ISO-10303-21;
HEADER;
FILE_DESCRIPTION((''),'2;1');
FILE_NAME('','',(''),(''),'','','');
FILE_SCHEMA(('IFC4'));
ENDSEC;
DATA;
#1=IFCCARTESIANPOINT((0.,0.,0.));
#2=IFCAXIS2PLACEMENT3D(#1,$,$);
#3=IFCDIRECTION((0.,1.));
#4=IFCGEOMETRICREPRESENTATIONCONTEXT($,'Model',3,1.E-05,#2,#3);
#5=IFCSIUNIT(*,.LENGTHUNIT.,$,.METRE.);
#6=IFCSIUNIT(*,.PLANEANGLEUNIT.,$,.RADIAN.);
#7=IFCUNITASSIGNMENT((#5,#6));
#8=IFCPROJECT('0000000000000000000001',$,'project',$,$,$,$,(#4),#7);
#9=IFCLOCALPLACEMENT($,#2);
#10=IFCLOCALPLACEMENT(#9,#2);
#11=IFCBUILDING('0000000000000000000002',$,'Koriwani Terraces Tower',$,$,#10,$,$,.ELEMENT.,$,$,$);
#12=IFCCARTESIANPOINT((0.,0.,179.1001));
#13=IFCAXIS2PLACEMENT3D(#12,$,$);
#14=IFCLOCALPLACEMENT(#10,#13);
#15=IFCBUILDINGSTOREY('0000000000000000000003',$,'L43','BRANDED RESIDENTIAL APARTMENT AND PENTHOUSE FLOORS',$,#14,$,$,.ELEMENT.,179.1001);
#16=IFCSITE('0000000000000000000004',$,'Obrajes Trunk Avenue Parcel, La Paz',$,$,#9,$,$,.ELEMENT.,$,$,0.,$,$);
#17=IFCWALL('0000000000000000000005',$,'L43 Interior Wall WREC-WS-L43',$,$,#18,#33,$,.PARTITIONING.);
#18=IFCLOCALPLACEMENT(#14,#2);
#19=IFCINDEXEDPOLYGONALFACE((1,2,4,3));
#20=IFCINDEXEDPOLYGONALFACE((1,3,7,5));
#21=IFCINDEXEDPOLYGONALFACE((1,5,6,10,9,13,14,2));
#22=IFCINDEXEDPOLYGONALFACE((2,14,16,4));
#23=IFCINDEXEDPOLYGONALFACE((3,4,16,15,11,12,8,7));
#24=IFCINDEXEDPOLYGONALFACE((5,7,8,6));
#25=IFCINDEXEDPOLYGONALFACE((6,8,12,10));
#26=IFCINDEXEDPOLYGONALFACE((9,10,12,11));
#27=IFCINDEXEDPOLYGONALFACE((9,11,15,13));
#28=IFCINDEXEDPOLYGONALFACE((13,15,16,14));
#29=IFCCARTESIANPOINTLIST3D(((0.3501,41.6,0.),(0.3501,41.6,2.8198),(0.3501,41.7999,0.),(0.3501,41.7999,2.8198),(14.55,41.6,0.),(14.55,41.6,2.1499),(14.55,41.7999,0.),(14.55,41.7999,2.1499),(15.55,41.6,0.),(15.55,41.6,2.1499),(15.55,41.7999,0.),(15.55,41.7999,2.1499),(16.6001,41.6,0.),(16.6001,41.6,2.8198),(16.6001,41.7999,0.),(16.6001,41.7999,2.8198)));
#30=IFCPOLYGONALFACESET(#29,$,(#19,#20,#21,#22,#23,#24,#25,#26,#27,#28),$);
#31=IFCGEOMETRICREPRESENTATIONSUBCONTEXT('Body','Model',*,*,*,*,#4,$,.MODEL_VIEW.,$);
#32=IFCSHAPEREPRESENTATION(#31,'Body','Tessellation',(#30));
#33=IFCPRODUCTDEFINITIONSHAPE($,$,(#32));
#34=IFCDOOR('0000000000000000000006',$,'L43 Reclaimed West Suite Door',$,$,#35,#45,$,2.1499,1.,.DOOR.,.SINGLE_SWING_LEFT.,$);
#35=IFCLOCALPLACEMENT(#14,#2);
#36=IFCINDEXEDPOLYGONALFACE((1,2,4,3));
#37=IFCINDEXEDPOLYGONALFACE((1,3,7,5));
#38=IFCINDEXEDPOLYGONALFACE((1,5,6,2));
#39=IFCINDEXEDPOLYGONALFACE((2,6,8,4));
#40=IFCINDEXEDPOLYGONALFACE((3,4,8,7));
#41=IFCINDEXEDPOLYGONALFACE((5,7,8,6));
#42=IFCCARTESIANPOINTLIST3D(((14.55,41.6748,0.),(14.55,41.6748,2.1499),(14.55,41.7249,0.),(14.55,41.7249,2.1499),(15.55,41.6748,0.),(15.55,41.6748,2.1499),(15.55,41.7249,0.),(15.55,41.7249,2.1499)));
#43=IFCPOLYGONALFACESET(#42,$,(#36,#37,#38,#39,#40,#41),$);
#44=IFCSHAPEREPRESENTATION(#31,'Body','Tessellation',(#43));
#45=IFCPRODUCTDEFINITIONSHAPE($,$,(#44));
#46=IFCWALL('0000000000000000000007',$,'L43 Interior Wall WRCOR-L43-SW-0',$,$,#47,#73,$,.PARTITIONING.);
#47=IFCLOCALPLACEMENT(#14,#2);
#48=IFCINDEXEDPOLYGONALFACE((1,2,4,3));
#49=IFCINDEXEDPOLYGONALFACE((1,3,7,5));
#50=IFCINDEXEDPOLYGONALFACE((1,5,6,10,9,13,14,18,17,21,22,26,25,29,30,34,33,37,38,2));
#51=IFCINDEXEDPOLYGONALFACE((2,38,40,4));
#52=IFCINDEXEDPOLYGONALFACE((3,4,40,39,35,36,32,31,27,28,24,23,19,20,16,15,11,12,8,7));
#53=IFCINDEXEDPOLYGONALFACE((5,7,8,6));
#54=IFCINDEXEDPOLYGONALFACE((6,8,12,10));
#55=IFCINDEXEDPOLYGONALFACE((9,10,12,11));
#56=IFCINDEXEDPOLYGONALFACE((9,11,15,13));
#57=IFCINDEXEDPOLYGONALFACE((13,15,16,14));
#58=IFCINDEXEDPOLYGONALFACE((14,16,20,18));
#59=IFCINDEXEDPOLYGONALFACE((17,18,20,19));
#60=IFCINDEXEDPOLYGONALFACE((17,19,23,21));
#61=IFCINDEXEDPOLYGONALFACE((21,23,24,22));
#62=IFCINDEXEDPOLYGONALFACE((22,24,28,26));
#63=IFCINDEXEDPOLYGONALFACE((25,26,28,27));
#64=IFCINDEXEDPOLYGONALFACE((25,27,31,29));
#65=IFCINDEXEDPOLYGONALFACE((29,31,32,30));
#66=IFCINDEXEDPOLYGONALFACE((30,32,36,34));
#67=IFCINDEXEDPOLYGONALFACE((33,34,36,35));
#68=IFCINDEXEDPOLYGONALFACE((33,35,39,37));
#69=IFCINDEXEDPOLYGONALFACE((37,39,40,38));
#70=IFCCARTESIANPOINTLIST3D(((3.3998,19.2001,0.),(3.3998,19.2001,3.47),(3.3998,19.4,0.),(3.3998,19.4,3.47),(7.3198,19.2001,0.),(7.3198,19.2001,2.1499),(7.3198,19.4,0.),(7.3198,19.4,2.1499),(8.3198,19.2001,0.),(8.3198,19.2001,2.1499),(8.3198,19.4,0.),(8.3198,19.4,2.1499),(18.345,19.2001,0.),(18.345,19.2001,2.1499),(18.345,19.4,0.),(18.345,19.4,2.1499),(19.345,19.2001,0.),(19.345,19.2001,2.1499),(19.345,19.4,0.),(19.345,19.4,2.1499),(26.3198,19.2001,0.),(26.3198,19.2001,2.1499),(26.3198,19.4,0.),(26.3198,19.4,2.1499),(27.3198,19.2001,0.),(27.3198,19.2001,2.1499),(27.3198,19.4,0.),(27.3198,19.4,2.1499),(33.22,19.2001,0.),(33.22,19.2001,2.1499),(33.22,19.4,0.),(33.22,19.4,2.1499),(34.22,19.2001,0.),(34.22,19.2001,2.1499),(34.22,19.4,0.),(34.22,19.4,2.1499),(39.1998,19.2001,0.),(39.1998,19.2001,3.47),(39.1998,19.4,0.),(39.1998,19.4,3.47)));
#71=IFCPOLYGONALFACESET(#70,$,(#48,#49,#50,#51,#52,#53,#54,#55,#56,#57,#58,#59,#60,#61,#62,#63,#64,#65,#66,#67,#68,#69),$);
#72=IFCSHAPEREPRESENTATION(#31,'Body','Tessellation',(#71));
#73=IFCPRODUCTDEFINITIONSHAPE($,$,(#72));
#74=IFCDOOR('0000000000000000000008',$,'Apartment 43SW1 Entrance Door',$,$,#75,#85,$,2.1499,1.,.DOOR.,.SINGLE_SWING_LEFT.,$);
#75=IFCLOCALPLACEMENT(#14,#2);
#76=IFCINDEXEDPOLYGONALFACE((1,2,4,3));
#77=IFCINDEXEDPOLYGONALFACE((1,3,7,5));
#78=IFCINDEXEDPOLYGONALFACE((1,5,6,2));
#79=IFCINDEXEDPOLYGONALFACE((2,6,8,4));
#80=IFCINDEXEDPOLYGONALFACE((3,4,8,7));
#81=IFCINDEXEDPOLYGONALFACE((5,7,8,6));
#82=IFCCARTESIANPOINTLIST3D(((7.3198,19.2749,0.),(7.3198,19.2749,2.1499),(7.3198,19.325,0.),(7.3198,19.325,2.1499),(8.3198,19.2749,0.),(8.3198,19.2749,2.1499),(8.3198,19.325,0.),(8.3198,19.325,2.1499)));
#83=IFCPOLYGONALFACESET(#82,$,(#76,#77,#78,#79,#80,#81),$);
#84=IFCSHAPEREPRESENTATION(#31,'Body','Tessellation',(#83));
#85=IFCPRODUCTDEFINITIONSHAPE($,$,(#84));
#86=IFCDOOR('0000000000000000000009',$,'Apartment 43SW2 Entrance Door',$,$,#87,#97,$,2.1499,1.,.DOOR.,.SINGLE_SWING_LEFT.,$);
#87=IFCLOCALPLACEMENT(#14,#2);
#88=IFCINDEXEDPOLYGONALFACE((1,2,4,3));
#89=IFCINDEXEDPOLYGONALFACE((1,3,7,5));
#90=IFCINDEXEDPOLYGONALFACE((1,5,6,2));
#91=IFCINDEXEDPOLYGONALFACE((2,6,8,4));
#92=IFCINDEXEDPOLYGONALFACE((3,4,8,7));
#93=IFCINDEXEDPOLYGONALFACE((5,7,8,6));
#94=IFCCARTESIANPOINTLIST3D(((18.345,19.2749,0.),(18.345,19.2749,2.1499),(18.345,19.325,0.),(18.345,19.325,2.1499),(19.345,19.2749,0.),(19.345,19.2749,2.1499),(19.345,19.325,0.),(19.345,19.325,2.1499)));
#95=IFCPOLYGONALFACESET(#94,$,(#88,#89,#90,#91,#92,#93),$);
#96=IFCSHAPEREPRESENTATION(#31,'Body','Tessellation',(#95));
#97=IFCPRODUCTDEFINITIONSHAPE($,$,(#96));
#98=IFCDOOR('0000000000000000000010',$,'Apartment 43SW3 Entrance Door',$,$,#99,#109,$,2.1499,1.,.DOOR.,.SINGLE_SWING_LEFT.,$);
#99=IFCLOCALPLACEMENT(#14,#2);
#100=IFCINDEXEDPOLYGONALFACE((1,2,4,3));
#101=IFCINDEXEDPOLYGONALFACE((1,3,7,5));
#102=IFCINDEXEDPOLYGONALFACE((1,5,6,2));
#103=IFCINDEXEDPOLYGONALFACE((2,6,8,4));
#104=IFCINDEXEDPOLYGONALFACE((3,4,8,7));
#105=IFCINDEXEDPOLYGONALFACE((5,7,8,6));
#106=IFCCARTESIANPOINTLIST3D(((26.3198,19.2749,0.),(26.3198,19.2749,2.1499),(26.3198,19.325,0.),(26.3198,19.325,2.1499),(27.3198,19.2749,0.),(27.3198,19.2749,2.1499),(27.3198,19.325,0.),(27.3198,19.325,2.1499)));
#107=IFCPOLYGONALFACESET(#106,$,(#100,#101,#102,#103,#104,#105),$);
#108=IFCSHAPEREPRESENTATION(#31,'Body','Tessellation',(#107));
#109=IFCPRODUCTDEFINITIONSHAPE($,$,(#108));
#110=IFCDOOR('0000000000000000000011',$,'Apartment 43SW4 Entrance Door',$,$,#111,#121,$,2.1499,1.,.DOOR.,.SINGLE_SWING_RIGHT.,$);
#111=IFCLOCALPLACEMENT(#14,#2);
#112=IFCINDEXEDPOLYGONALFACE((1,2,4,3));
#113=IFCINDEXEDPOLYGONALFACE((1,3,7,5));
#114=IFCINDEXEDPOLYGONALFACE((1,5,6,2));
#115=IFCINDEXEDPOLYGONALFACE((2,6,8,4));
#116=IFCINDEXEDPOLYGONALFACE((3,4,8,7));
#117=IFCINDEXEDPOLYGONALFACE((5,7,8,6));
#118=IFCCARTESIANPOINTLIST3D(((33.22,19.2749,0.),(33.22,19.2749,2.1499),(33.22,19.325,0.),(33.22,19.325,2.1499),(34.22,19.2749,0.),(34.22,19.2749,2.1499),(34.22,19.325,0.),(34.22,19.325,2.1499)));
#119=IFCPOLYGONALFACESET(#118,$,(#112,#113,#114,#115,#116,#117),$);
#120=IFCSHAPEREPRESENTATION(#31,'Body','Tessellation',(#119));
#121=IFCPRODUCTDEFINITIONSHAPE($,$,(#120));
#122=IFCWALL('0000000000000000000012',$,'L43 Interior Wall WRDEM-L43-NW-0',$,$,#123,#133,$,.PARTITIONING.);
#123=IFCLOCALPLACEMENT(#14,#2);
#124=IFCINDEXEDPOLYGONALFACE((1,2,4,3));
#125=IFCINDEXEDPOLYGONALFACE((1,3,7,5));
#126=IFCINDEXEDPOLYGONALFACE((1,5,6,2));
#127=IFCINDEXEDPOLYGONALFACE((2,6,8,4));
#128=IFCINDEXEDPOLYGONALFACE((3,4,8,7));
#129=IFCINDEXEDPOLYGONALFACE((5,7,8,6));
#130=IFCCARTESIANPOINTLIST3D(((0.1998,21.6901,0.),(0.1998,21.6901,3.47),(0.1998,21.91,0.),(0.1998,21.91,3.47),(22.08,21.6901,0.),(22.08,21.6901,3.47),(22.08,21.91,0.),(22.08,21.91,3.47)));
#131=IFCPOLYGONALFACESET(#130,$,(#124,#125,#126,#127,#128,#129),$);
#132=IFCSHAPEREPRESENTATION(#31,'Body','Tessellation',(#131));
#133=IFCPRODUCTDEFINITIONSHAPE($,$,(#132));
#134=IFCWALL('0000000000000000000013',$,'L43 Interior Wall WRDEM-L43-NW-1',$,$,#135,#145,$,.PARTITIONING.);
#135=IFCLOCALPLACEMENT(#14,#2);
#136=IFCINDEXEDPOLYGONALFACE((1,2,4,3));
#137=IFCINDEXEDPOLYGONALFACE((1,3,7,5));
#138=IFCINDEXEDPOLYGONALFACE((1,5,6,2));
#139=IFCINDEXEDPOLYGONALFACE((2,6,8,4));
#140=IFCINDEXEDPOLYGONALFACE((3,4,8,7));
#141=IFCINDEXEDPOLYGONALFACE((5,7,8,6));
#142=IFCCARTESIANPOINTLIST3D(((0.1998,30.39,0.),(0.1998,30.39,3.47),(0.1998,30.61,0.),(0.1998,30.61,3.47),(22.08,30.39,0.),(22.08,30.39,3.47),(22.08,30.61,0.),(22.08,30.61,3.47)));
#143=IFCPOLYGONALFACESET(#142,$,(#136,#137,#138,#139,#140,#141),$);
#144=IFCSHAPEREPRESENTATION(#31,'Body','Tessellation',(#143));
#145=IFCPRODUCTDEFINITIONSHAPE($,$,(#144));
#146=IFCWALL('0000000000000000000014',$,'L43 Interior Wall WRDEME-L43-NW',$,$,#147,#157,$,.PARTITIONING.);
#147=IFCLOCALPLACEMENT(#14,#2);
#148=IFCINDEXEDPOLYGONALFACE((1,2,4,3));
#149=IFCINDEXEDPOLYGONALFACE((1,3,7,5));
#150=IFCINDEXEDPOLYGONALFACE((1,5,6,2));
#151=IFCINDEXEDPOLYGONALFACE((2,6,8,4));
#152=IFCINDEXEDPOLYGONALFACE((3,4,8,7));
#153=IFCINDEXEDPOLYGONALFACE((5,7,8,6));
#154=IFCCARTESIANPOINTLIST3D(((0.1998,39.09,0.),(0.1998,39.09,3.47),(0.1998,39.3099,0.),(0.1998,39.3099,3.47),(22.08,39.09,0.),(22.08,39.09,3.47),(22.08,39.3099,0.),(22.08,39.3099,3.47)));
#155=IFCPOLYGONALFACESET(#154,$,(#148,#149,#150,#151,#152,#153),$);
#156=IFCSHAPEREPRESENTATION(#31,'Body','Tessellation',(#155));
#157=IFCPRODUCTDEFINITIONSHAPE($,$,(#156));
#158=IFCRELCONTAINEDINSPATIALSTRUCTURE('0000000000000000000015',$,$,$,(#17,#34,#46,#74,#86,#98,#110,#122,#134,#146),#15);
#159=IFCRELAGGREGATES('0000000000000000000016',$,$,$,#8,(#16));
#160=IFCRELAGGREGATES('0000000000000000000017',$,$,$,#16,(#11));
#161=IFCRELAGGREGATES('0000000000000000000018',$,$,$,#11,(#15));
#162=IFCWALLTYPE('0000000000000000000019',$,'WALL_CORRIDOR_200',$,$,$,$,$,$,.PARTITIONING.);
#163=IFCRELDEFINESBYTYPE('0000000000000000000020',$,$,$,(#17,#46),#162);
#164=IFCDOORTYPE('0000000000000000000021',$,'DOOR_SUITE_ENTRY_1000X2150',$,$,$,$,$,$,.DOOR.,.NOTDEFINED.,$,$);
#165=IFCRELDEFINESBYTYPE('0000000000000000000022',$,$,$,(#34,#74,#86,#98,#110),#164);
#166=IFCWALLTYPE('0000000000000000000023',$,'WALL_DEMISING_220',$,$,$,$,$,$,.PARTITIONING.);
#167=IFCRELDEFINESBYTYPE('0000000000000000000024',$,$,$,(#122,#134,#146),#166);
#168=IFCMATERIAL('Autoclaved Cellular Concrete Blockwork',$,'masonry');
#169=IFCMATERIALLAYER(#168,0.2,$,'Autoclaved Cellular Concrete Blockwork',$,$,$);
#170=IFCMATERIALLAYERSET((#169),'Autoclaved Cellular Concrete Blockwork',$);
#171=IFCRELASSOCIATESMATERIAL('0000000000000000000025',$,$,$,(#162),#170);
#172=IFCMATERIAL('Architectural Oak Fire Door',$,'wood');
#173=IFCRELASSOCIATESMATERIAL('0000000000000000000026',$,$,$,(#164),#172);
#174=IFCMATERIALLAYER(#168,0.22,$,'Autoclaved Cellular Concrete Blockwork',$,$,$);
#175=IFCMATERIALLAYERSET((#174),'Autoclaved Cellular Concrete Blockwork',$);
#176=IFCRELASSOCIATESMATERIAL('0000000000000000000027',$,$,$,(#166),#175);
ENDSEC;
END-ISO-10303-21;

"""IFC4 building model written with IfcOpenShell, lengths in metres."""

from ifc_helpers import new_model, si_unit, direction, frame, frame_2d, origin, place, context, subcontext, project, spatial, rectangle, extrude, material, layer, layer_set, type_object, element, fill, save


model = new_model("IFC4")

# Units and contexts
model_context = context("Model", 3, precision=1e-05, world=origin(), true_north=direction((0.0, 1.0)))
body_context = subcontext(model_context, "Body", "Model", "MODEL_VIEW")
ifc_project = project(units=[si_unit("LENGTHUNIT", "METRE"), si_unit("PLANEANGLEUNIT", "RADIAN")], contexts=[model_context])

# Site, building, storey
site_placement = place(None, origin())
site = spatial("IfcSite", under=ifc_project, at=site_placement, Name="Obrajes Trunk Avenue Parcel, La Paz", CompositionType="ELEMENT", RefElevation=0.0)
building_placement = place(site_placement, origin())
building = spatial("IfcBuilding", under=site, at=building_placement, Name="Koriwani Terraces Tower", CompositionType="ELEMENT")
storey_placement = place(building_placement, frame((0.0, 0.0, 179.1001)))
storey = spatial("IfcBuildingStorey", under=building, at=storey_placement, Name="L43", Description="BRANDED RESIDENTIAL APARTMENT AND PENTHOUSE FLOORS", CompositionType="ELEMENT", Elevation=179.1001)

# Wall, opening, door
ifc_material_1 = material(Name="Autoclaved Cellular Concrete Blockwork", Category="masonry")
ifc_layer_1 = layer(ifc_material_1, 0.2, Name="Autoclaved Cellular Concrete Blockwork")
ifc_layer_set_1 = layer_set([ifc_layer_1], Name="Autoclaved Cellular Concrete Blockwork")
wall_type_1 = type_object("IfcWallType", Name="WALL_CORRIDOR_200", PredefinedType="PARTITIONING", material=ifc_layer_set_1)
wall_1_placement = place(storey_placement, frame((0.3501, 41.7, 0.0), z_axis=(0.0, 0.0, 1.0), x_axis=(1.0, 0.0, 0.0)))
wall_1 = element("IfcWall", 1, at=wall_1_placement, inside=storey, type_object=wall_type_1, Name="L43 Interior Wall WREC-WS-L43", PredefinedType="PARTITIONING", context=body_context, shape_type="SweptSolid", body=[
    extrude(rectangle(XDim=16.25, YDim=0.2, at=frame_2d((8.125, 0.0))), origin(), (0.0, 0.0, 1.0), 2.8198),
])
opening_1_placement = place(wall_1_placement, frame((14.2, 0.0, 0.0)))
opening_1 = element("IfcOpeningElement", 2, at=opening_1_placement, cuts=wall_1, PredefinedType="OPENING", context=body_context, shape_type="SweptSolid", body=[
    extrude(rectangle(XDim=1.0, YDim=2.1499, at=frame_2d((0.5, 1.075))), frame((0.0, 0.1099, 0.0), z_axis=(0.0, -1.0, 0.0), x_axis=(1.0, 0.0, 0.0)), (0.0, 0.0, 1.0), 0.22),
])
ifc_material_2 = material(Name="Architectural Oak Fire Door", Category="wood")
door_type_1 = type_object("IfcDoorType", Name="DOOR_SUITE_ENTRY_1000X2150", OperationType="NOTDEFINED", PredefinedType="DOOR", material=ifc_material_2)
door_1_placement = place(opening_1_placement, origin())
door_1 = element("IfcDoor", 3, at=door_1_placement, inside=storey, type_object=door_type_1, Name="L43 Reclaimed West Suite Door", OperationType="SINGLE_SWING_LEFT", OverallHeight=2.1499, OverallWidth=1.0, PredefinedType="DOOR", context=body_context, shape_type="SweptSolid", body=[
    extrude(rectangle(XDim=1.0, YDim=2.1499, at=frame_2d((0.5, 1.075))), frame((0.0, 0.0249, 0.0), z_axis=(0.0, -1.0, 0.0), x_axis=(1.0, 0.0, 0.0)), (0.0, 0.0, 1.0), 0.05),
])
fill(opening_1, door_1)

# Wall, openings, doors
wall_2_placement = place(storey_placement, frame((3.3999, 19.3, 0.0), z_axis=(0.0, 0.0, 1.0), x_axis=(1.0, 0.0, 0.0)))
wall_2 = element("IfcWall", 4, at=wall_2_placement, inside=storey, type_object=wall_type_1, Name="L43 Interior Wall WRCOR-L43-SW-0", PredefinedType="PARTITIONING", context=body_context, shape_type="SweptSolid", body=[
    extrude(rectangle(XDim=35.8, YDim=0.2, at=frame_2d((17.8999, 0.0))), origin(), (0.0, 0.0, 1.0), 3.47),
])
opening_2_placement = place(wall_2_placement, frame((3.9199, 0.0, 0.0)))
opening_2 = element("IfcOpeningElement", 5, at=opening_2_placement, cuts=wall_2, PredefinedType="OPENING", context=body_context, shape_type="SweptSolid", body=[
    extrude(rectangle(XDim=1.0, YDim=2.1499, at=frame_2d((0.5, 1.075))), frame((0.0, 0.1099, 0.0), z_axis=(0.0, -1.0, 0.0), x_axis=(1.0, 0.0, 0.0)), (0.0, 0.0, 1.0), 0.22),
])
opening_3_placement = place(wall_2_placement, frame((14.9451, 0.0, 0.0)))
opening_3 = element("IfcOpeningElement", 6, at=opening_3_placement, cuts=wall_2, PredefinedType="OPENING", context=body_context, shape_type="SweptSolid", body=[
    extrude(rectangle(XDim=1.0, YDim=2.1499, at=frame_2d((0.5, 1.075))), frame((0.0, 0.1099, 0.0), z_axis=(0.0, -1.0, 0.0), x_axis=(1.0, 0.0, 0.0)), (0.0, 0.0, 1.0), 0.22),
])
opening_4_placement = place(wall_2_placement, frame((22.9199, 0.0, 0.0)))
opening_4 = element("IfcOpeningElement", 7, at=opening_4_placement, cuts=wall_2, PredefinedType="OPENING", context=body_context, shape_type="SweptSolid", body=[
    extrude(rectangle(XDim=1.0, YDim=2.1499, at=frame_2d((0.5, 1.075))), frame((0.0, 0.1099, 0.0), z_axis=(0.0, -1.0, 0.0), x_axis=(1.0, 0.0, 0.0)), (0.0, 0.0, 1.0), 0.22),
])
opening_5_placement = place(wall_2_placement, frame((29.8201, 0.0, 0.0)))
opening_5 = element("IfcOpeningElement", 8, at=opening_5_placement, cuts=wall_2, PredefinedType="OPENING", context=body_context, shape_type="SweptSolid", body=[
    extrude(rectangle(XDim=1.0, YDim=2.1499, at=frame_2d((0.5, 1.075))), frame((0.0, 0.1099, 0.0), z_axis=(0.0, -1.0, 0.0), x_axis=(1.0, 0.0, 0.0)), (0.0, 0.0, 1.0), 0.22),
])
door_2_placement = place(opening_2_placement, origin())
door_2 = element("IfcDoor", 9, at=door_2_placement, inside=storey, type_object=door_type_1, Name="Apartment 43SW1 Entrance Door", OperationType="SINGLE_SWING_LEFT", OverallHeight=2.1499, OverallWidth=1.0, PredefinedType="DOOR", context=body_context, shape_type="SweptSolid", body=[
    extrude(rectangle(XDim=1.0, YDim=2.1499, at=frame_2d((0.5, 1.075))), frame((0.0, 0.0249, 0.0), z_axis=(0.0, -1.0, 0.0), x_axis=(1.0, 0.0, 0.0)), (0.0, 0.0, 1.0), 0.05),
])
fill(opening_2, door_2)
door_3_placement = place(opening_3_placement, origin())
door_3 = element("IfcDoor", 10, at=door_3_placement, inside=storey, type_object=door_type_1, Name="Apartment 43SW2 Entrance Door", OperationType="SINGLE_SWING_LEFT", OverallHeight=2.1499, OverallWidth=1.0, PredefinedType="DOOR", context=body_context, shape_type="SweptSolid", body=[
    extrude(rectangle(XDim=1.0, YDim=2.1499, at=frame_2d((0.5, 1.075))), frame((0.0, 0.0249, 0.0), z_axis=(0.0, -1.0, 0.0), x_axis=(1.0, 0.0, 0.0)), (0.0, 0.0, 1.0), 0.05),
])
fill(opening_3, door_3)
door_4_placement = place(opening_4_placement, origin())
door_4 = element("IfcDoor", 11, at=door_4_placement, inside=storey, type_object=door_type_1, Name="Apartment 43SW3 Entrance Door", OperationType="SINGLE_SWING_LEFT", OverallHeight=2.1499, OverallWidth=1.0, PredefinedType="DOOR", context=body_context, shape_type="SweptSolid", body=[
    extrude(rectangle(XDim=1.0, YDim=2.1499, at=frame_2d((0.5, 1.075))), frame((0.0, 0.0249, 0.0), z_axis=(0.0, -1.0, 0.0), x_axis=(1.0, 0.0, 0.0)), (0.0, 0.0, 1.0), 0.05),
])
fill(opening_4, door_4)
door_5_placement = place(opening_5_placement, origin())
door_5 = element("IfcDoor", 12, at=door_5_placement, inside=storey, type_object=door_type_1, Name="Apartment 43SW4 Entrance Door", OperationType="SINGLE_SWING_RIGHT", OverallHeight=2.1499, OverallWidth=1.0, PredefinedType="DOOR", context=body_context, shape_type="SweptSolid", body=[
    extrude(rectangle(XDim=1.0, YDim=2.1499, at=frame_2d((0.5, 1.075))), frame((0.0, 0.0249, 0.0), z_axis=(0.0, -1.0, 0.0), x_axis=(1.0, 0.0, 0.0)), (0.0, 0.0, 1.0), 0.05),
])
fill(opening_5, door_5)

# Walls
ifc_layer_2 = layer(ifc_material_1, 0.22, Name="Autoclaved Cellular Concrete Blockwork")
ifc_layer_set_2 = layer_set([ifc_layer_2], Name="Autoclaved Cellular Concrete Blockwork")
wall_type_2 = type_object("IfcWallType", Name="WALL_DEMISING_220", PredefinedType="PARTITIONING", material=ifc_layer_set_2)
for number, where, z_axis, x_axis, name in (
    (13, (0.2, 21.8, 0.0), (0.0, 0.0, 1.0), (1.0, 0.0, 0.0), "L43 Interior Wall WRDEM-L43-NW-0"),
    (14, (0.2, 30.5, 0.0), (0.0, 0.0, 1.0), (1.0, 0.0, 0.0), "L43 Interior Wall WRDEM-L43-NW-1"),
    (15, (0.2, 39.2, 0.0), (0.0, 0.0, 1.0), (1.0, 0.0, 0.0), "L43 Interior Wall WRDEME-L43-NW"),
):
    element("IfcWall", number, at=place(storey_placement, frame(where, z_axis=z_axis, x_axis=x_axis)), inside=storey, type_object=wall_type_2, Name=name, PredefinedType="PARTITIONING", context=body_context, shape_type="SweptSolid", body=[
        extrude(rectangle(XDim=21.8801, YDim=0.22, at=frame_2d((10.9399, 0.0))), origin(), (0.0, 0.0, 1.0), 3.47),
    ])

save(model, "model.ifc")
